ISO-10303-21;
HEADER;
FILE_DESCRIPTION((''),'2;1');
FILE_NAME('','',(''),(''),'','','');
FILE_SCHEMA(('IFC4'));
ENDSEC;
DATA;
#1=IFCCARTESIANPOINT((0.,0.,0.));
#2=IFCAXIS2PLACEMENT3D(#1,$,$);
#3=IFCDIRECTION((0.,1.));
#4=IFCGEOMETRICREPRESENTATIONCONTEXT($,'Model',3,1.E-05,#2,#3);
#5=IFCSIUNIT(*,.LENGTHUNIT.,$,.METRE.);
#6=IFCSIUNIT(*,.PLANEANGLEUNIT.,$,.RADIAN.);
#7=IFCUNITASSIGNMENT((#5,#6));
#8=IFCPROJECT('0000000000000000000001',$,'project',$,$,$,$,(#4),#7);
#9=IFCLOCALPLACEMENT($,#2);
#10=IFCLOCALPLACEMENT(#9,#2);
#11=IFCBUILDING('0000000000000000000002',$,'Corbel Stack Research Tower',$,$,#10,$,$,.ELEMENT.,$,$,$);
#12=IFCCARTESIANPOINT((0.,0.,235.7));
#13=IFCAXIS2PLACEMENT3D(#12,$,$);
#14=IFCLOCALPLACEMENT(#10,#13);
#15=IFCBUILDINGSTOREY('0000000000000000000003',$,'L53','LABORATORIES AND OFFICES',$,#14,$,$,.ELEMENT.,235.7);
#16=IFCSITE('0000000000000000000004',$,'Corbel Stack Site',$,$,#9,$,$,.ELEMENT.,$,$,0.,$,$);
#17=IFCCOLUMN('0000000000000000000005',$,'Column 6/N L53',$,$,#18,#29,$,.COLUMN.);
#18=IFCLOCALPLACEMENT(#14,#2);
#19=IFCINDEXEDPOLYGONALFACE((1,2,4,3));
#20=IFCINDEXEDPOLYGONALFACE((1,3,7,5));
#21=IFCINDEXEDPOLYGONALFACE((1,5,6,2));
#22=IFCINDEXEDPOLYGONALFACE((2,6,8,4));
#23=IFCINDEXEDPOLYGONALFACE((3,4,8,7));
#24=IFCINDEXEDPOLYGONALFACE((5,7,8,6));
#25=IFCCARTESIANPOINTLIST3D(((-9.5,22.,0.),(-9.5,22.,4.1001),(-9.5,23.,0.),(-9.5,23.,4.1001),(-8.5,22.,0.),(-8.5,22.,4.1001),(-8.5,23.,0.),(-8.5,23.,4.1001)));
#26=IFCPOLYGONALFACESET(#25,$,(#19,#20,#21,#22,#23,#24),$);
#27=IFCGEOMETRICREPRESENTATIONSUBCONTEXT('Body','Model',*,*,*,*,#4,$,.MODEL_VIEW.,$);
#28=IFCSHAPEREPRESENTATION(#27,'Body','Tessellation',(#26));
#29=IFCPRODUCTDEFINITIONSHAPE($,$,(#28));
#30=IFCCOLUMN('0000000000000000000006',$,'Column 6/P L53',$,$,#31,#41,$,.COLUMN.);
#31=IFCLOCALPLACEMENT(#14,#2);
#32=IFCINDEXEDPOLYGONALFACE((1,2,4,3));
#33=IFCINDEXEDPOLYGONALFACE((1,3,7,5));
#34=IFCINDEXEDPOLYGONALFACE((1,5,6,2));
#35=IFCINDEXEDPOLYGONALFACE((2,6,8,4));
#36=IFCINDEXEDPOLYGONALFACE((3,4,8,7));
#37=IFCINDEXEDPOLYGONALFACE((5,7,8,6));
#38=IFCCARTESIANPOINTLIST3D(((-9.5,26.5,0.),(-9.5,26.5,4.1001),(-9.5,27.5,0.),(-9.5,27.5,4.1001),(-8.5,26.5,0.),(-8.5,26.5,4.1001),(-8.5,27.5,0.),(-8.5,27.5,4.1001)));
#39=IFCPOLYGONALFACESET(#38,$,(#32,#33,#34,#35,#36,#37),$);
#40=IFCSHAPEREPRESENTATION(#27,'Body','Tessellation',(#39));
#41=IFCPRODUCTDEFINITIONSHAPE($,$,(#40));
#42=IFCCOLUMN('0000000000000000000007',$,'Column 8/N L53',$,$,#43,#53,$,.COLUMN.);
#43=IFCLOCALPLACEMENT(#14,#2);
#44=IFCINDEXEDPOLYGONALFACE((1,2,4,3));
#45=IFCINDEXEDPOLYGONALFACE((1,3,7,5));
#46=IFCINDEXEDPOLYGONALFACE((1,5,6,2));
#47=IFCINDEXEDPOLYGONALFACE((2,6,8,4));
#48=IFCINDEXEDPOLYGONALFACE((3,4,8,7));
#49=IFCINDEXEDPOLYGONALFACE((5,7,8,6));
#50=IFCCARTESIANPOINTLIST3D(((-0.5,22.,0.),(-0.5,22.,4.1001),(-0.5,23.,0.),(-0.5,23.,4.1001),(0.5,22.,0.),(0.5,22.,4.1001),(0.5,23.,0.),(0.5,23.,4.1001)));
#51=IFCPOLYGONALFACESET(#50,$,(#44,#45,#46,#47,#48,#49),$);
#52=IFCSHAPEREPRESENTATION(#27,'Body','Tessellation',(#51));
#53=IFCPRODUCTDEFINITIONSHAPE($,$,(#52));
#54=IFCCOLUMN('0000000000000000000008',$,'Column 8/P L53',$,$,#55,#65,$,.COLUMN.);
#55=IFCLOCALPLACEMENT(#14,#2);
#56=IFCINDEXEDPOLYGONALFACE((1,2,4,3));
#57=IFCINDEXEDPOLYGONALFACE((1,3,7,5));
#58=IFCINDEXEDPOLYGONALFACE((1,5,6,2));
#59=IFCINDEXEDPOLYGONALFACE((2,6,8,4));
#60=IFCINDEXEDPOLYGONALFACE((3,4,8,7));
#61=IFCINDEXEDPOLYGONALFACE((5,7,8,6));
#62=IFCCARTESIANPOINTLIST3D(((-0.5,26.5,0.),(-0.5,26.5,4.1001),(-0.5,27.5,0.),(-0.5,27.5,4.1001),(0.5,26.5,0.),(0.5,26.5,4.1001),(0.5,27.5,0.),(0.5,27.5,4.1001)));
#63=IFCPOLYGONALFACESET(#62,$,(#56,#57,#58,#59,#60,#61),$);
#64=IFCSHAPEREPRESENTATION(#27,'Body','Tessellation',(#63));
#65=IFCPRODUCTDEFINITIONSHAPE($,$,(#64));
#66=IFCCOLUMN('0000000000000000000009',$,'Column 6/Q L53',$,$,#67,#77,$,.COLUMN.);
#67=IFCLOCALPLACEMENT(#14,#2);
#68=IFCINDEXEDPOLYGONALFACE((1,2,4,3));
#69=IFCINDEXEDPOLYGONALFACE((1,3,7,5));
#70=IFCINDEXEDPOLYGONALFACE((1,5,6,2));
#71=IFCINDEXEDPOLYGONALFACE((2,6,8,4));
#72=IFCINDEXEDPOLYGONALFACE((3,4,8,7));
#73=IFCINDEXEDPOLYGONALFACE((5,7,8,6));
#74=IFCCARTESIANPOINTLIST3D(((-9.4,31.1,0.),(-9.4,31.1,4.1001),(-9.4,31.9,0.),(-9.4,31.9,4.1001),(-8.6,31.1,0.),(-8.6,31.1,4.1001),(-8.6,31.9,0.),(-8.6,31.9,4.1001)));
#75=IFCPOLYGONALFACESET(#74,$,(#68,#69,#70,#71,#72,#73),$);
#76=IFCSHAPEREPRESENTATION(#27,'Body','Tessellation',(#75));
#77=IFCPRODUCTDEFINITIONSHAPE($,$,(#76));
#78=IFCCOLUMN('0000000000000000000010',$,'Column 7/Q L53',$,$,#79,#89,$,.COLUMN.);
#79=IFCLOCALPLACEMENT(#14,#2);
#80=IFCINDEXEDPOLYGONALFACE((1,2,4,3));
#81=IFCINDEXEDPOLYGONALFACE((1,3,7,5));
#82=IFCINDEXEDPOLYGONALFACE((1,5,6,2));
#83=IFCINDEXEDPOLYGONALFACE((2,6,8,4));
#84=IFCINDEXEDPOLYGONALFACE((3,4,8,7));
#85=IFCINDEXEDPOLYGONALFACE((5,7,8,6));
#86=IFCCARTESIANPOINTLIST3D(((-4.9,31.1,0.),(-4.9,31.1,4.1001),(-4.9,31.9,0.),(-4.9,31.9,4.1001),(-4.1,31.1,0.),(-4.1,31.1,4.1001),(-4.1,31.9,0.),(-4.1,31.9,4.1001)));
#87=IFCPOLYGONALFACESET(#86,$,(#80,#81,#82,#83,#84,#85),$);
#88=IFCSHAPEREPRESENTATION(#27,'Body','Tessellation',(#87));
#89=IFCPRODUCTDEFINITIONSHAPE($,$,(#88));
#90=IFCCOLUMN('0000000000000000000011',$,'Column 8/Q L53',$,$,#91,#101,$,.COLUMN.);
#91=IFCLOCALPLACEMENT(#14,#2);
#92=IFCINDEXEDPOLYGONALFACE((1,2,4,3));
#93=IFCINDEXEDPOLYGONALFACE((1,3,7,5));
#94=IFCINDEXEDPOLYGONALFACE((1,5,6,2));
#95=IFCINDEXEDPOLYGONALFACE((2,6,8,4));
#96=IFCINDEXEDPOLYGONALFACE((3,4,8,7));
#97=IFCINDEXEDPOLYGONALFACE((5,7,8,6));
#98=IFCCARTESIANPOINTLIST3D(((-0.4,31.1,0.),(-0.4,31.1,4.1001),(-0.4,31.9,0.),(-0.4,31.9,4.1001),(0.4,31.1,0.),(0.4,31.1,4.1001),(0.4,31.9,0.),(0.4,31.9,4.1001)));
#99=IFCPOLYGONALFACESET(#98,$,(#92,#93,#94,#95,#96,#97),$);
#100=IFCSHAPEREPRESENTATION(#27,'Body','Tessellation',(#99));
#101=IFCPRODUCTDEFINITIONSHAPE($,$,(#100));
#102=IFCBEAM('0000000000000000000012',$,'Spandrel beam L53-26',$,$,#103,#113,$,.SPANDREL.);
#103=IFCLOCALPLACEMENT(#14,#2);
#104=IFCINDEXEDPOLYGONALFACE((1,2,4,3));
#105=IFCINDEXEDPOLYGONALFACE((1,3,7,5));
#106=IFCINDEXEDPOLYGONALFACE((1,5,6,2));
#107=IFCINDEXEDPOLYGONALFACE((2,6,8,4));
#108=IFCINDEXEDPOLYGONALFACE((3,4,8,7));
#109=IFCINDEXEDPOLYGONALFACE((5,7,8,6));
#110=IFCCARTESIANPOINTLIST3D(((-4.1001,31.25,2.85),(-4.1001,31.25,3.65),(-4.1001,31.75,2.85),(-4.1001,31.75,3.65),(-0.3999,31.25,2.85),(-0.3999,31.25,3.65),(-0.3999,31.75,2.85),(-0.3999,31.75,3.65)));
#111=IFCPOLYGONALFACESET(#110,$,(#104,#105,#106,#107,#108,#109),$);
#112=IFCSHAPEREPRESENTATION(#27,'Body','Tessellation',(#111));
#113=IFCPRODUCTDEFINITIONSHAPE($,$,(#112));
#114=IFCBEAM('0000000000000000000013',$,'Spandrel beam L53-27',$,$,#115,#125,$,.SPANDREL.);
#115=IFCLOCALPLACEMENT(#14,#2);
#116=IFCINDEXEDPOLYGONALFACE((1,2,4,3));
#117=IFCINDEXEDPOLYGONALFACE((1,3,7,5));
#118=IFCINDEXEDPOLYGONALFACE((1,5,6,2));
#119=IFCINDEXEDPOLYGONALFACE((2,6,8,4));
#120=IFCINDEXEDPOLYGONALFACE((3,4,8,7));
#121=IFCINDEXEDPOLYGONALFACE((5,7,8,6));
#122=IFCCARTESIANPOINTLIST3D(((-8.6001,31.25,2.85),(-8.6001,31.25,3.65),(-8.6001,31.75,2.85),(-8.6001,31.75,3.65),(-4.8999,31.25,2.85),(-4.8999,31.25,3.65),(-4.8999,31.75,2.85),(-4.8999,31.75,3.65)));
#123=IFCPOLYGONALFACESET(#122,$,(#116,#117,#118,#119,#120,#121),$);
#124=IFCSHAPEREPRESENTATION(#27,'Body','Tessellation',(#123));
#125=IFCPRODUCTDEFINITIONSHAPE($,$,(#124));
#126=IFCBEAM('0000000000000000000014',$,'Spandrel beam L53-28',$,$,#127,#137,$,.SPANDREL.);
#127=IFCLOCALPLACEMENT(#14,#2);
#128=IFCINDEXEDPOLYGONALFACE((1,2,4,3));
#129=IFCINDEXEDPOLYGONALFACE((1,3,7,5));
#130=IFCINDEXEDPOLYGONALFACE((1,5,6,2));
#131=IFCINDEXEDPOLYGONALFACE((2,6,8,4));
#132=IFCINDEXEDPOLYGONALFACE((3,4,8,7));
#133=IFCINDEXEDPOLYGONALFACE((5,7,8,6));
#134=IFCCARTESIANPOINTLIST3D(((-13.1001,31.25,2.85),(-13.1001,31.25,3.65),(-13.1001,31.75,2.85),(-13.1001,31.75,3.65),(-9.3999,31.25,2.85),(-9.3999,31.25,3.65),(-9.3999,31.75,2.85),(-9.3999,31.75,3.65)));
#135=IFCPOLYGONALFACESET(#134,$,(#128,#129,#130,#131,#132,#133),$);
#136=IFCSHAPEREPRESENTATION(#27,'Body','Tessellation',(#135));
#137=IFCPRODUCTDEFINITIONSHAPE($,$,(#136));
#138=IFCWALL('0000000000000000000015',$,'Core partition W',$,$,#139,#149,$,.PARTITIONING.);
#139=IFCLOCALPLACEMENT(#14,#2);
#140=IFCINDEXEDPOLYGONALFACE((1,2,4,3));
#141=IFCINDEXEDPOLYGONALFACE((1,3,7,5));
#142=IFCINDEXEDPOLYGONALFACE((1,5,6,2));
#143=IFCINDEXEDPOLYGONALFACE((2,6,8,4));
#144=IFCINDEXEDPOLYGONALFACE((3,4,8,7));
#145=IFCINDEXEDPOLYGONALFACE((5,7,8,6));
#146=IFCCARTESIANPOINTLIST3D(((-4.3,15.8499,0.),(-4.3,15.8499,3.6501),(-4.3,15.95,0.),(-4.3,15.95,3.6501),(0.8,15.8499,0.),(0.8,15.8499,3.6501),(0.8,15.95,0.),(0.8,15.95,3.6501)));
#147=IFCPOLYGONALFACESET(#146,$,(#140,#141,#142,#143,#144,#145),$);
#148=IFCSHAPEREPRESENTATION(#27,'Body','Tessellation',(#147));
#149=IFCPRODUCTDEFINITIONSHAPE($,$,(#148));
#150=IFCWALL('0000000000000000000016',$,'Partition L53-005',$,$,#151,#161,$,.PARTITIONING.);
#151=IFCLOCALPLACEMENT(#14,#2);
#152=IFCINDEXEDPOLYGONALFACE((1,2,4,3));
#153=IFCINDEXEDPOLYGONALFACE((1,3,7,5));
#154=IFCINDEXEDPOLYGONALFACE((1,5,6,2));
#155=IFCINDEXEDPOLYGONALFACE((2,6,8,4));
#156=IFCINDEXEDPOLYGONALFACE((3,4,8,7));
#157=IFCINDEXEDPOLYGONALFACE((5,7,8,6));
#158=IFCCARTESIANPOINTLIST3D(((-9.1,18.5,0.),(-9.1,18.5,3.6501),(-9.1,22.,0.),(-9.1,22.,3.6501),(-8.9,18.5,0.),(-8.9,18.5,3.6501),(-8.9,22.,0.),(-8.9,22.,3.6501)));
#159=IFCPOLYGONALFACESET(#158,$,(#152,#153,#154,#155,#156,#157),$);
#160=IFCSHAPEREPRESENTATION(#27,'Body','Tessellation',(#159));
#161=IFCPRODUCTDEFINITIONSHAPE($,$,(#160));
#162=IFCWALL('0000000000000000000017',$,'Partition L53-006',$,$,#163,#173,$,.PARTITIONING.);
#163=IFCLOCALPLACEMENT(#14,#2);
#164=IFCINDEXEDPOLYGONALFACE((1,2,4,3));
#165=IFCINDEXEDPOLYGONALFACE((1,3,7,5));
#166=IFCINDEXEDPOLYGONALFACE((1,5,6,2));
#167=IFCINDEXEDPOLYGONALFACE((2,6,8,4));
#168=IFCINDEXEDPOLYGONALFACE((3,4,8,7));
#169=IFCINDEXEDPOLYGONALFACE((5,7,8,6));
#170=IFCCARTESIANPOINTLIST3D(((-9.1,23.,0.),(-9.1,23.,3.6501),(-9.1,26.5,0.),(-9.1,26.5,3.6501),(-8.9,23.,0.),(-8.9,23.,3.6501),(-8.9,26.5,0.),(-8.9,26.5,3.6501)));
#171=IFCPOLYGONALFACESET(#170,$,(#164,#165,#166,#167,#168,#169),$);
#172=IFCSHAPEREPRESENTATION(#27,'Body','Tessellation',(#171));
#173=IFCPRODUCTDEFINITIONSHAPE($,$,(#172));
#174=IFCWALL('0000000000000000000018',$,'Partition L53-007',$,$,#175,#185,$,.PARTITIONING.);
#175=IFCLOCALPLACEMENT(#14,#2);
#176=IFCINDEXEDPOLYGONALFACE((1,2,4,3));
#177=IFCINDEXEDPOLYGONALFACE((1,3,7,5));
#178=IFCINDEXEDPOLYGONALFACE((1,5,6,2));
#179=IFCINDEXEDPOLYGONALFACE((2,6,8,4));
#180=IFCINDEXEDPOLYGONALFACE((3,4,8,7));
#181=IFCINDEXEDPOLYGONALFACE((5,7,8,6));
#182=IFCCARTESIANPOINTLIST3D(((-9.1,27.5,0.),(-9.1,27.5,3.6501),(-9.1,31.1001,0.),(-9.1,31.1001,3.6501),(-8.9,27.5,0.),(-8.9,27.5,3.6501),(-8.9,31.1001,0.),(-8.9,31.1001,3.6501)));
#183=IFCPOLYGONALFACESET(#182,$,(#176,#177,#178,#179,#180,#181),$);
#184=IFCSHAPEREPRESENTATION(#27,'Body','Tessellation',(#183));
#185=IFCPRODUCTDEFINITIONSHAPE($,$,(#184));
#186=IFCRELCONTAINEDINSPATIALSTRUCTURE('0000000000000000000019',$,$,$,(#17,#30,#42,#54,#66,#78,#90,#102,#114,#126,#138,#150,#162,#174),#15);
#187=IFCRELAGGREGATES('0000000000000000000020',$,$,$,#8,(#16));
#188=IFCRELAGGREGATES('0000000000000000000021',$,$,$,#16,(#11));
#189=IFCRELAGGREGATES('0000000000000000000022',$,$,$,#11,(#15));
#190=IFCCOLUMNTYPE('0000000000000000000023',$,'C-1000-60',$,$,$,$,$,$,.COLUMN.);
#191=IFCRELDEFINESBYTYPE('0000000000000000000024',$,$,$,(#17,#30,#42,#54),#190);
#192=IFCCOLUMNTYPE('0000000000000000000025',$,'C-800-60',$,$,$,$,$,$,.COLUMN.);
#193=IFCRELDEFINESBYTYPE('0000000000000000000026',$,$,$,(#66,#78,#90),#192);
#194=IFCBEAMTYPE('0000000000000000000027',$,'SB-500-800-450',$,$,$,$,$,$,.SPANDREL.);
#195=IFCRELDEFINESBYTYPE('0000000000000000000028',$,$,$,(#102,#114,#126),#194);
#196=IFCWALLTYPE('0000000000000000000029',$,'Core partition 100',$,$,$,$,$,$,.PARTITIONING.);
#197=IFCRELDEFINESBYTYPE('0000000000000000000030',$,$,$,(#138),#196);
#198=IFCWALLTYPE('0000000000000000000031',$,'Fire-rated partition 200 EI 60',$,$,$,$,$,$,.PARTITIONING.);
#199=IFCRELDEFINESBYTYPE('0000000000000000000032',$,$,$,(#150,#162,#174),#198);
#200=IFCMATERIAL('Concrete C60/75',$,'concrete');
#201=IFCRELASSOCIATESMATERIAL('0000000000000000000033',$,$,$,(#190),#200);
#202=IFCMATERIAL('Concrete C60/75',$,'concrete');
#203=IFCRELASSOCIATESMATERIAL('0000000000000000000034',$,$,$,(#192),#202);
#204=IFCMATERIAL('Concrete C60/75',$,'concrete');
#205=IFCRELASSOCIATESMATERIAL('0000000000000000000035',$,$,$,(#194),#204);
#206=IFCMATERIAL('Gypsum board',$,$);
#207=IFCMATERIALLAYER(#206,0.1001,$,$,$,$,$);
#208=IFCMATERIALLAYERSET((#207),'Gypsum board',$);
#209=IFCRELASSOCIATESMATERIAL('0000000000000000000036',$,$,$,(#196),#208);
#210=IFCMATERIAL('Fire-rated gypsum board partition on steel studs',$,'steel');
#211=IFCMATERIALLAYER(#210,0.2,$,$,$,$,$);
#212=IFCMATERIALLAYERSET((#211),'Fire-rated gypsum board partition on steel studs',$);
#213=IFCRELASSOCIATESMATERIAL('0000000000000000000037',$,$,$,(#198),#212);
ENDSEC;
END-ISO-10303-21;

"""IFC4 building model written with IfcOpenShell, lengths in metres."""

from ifc_helpers import new_model, si_unit, direction, frame, frame_2d, origin, origin_2d, place, context, subcontext, project, spatial, rectangle, extrude, material, layer, layer_set, material_profile, profile_set, type_object, element, save


model = new_model("IFC4")

# Units and contexts
model_context = context("Model", 3, precision=1e-05, world=origin(), true_north=direction((0.0, 1.0)))
body_context = subcontext(model_context, "Body", "Model", "MODEL_VIEW")
ifc_project = project(units=[si_unit("LENGTHUNIT", "METRE"), si_unit("PLANEANGLEUNIT", "RADIAN")], contexts=[model_context])

# Site, building, storey
site_placement = place(None, origin())
site = spatial("IfcSite", under=ifc_project, at=site_placement, Name="Corbel Stack Site", CompositionType="ELEMENT", RefElevation=0.0)
building_placement = place(site_placement, origin())
building = spatial("IfcBuilding", under=site, at=building_placement, Name="Corbel Stack Research Tower", CompositionType="ELEMENT")
storey_placement = place(building_placement, frame((0.0, 0.0, 235.7)))
storey = spatial("IfcBuildingStorey", under=building, at=storey_placement, Name="L53", Description="LABORATORIES AND OFFICES", CompositionType="ELEMENT", Elevation=235.7)

# Columns
ifc_material_1 = material(Name="Concrete C60/75", Category="concrete")
ifc_material_profile_1 = material_profile(ifc_material_1, rectangle(XDim=1.0, YDim=1.0, at=origin_2d()), Name="RC 1000 x 1000")
ifc_profile_set_1 = profile_set([ifc_material_profile_1], Name="Concrete C60/75")
column_type_1 = type_object("IfcColumnType", Name="C-1000-60", PredefinedType="COLUMN", material=ifc_profile_set_1)
for number, where, z_axis, x_axis, name in (
    (1, (-9.0, 22.5, 0.0), (0.0, 0.0, 1.0), (1.0, 0.0, 0.0), "Column 6/N L53"),
    (2, (-9.0, 27.0, 0.0), (0.0, 0.0, 1.0), (1.0, 0.0, 0.0), "Column 6/P L53"),
    (3, (0.0, 22.5, 0.0), (0.0, 0.0, 1.0), (1.0, 0.0, 0.0), "Column 8/N L53"),
    (4, (0.0, 27.0, 0.0), (0.0, 0.0, 1.0), (1.0, 0.0, 0.0), "Column 8/P L53"),
):
    element("IfcColumn", number, at=place(storey_placement, frame(where, z_axis=z_axis, x_axis=x_axis)), inside=storey, type_object=column_type_1, Name=name, PredefinedType="COLUMN", context=body_context, shape_type="SweptSolid", body=[
        extrude(rectangle(XDim=1.0, YDim=1.0, at=origin_2d()), origin(), (0.0, 0.0, 1.0), 4.1001),
    ])
ifc_material_2 = material(Name="Concrete C60/75", Category="concrete")
ifc_material_profile_2 = material_profile(ifc_material_2, rectangle(XDim=0.8, YDim=0.8, at=origin_2d()), Name="RC 800 x 800")
ifc_profile_set_2 = profile_set([ifc_material_profile_2], Name="Concrete C60/75")
column_type_2 = type_object("IfcColumnType", Name="C-800-60", PredefinedType="COLUMN", material=ifc_profile_set_2)
for number, where, z_axis, x_axis, name in (
    (5, (-9.0, 31.5, 0.0), (0.0, 0.0, 1.0), (1.0, 0.0, 0.0), "Column 6/Q L53"),
    (6, (-4.5, 31.5, 0.0), (0.0, 0.0, 1.0), (1.0, 0.0, 0.0), "Column 7/Q L53"),
    (7, (0.0, 31.5, 0.0), (0.0, 0.0, 1.0), (1.0, 0.0, 0.0), "Column 8/Q L53"),
):
    element("IfcColumn", number, at=place(storey_placement, frame(where, z_axis=z_axis, x_axis=x_axis)), inside=storey, type_object=column_type_2, Name=name, PredefinedType="COLUMN", context=body_context, shape_type="SweptSolid", body=[
        extrude(rectangle(XDim=0.8, YDim=0.8, at=origin_2d()), origin(), (0.0, 0.0, 1.0), 4.1001),
    ])

# Beams
ifc_material_3 = material(Name="Concrete C60/75", Category="concrete")
ifc_material_profile_3 = material_profile(ifc_material_3, rectangle(XDim=0.5, YDim=0.8, at=origin_2d()), Name="RC 500 x 800")
ifc_profile_set_3 = profile_set([ifc_material_profile_3], Name="Concrete C60/75")
beam_type = type_object("IfcBeamType", Name="SB-500-800-450", PredefinedType="SPANDREL", material=ifc_profile_set_3)
for number, where, z_axis, x_axis, name in (
    (8, (-0.3999, 31.5, 3.25), (-1.0, 0.0, 0.0), (0.0, -1.0, 0.0), "Spandrel beam L53-26"),
    (9, (-4.8999, 31.5, 3.25), (-1.0, 0.0, 0.0), (0.0, -1.0, 0.0), "Spandrel beam L53-27"),
    (10, (-9.3999, 31.5, 3.25), (-1.0, 0.0, 0.0), (0.0, -1.0, 0.0), "Spandrel beam L53-28"),
):
    element("IfcBeam", number, at=place(storey_placement, frame(where, z_axis=z_axis, x_axis=x_axis)), inside=storey, type_object=beam_type, Name=name, PredefinedType="SPANDREL", context=body_context, shape_type="SweptSolid", body=[
        extrude(rectangle(XDim=0.5, YDim=0.8, at=origin_2d()), origin(), (0.0, 0.0, 1.0), 3.7002),
    ])

# Walls
ifc_material_4 = material(Name="Gypsum board")
ifc_layer_1 = layer(ifc_material_4, 0.1001)
ifc_layer_set_1 = layer_set([ifc_layer_1], Name="Gypsum board")
wall_type_1 = type_object("IfcWallType", Name="Core partition 100", PredefinedType="PARTITIONING", material=ifc_layer_set_1)
wall_1_placement = place(storey_placement, frame((-4.3, 15.8999, 0.0), z_axis=(0.0, 0.0, 1.0), x_axis=(1.0, 0.0, 0.0)))
element("IfcWall", 11, at=wall_1_placement, inside=storey, type_object=wall_type_1, Name="Core partition W", PredefinedType="PARTITIONING", context=body_context, shape_type="SweptSolid", body=[
    extrude(rectangle(XDim=5.1001, YDim=0.1001, at=frame_2d((2.55, 0.0))), origin(), (0.0, 0.0, 1.0), 3.6501),
])
ifc_material_5 = material(Name="Fire-rated gypsum board partition on steel studs", Category="steel")
ifc_layer_2 = layer(ifc_material_5, 0.2)
ifc_layer_set_2 = layer_set([ifc_layer_2], Name="Fire-rated gypsum board partition on steel studs")
wall_type_2 = type_object("IfcWallType", Name="Fire-rated partition 200 EI 60", PredefinedType="PARTITIONING", material=ifc_layer_set_2)
for number, where, z_axis, x_axis, name in (
    (12, (-9.0, 18.5, 0.0), (0.0, 0.0, 1.0), (0.0, 1.0, 0.0), "Partition L53-005"),
    (13, (-9.0, 23.0, 0.0), (0.0, 0.0, 1.0), (0.0, 1.0, 0.0), "Partition L53-006"),
):
    element("IfcWall", number, at=place(storey_placement, frame(where, z_axis=z_axis, x_axis=x_axis)), inside=storey, type_object=wall_type_2, Name=name, PredefinedType="PARTITIONING", context=body_context, shape_type="SweptSolid", body=[
        extrude(rectangle(XDim=3.5, YDim=0.2, at=frame_2d((1.75, 0.0))), origin(), (0.0, 0.0, 1.0), 3.6501),
    ])
wall_2_placement = place(storey_placement, frame((-9.0, 27.5, 0.0), z_axis=(0.0, 0.0, 1.0), x_axis=(0.0, 1.0, 0.0)))
element("IfcWall", 14, at=wall_2_placement, inside=storey, type_object=wall_type_2, Name="Partition L53-007", PredefinedType="PARTITIONING", context=body_context, shape_type="SweptSolid", body=[
    extrude(rectangle(XDim=3.6001, YDim=0.2, at=frame_2d((1.8, 0.0))), origin(), (0.0, 0.0, 1.0), 3.6501),
])

save(model, "model.ifc")
